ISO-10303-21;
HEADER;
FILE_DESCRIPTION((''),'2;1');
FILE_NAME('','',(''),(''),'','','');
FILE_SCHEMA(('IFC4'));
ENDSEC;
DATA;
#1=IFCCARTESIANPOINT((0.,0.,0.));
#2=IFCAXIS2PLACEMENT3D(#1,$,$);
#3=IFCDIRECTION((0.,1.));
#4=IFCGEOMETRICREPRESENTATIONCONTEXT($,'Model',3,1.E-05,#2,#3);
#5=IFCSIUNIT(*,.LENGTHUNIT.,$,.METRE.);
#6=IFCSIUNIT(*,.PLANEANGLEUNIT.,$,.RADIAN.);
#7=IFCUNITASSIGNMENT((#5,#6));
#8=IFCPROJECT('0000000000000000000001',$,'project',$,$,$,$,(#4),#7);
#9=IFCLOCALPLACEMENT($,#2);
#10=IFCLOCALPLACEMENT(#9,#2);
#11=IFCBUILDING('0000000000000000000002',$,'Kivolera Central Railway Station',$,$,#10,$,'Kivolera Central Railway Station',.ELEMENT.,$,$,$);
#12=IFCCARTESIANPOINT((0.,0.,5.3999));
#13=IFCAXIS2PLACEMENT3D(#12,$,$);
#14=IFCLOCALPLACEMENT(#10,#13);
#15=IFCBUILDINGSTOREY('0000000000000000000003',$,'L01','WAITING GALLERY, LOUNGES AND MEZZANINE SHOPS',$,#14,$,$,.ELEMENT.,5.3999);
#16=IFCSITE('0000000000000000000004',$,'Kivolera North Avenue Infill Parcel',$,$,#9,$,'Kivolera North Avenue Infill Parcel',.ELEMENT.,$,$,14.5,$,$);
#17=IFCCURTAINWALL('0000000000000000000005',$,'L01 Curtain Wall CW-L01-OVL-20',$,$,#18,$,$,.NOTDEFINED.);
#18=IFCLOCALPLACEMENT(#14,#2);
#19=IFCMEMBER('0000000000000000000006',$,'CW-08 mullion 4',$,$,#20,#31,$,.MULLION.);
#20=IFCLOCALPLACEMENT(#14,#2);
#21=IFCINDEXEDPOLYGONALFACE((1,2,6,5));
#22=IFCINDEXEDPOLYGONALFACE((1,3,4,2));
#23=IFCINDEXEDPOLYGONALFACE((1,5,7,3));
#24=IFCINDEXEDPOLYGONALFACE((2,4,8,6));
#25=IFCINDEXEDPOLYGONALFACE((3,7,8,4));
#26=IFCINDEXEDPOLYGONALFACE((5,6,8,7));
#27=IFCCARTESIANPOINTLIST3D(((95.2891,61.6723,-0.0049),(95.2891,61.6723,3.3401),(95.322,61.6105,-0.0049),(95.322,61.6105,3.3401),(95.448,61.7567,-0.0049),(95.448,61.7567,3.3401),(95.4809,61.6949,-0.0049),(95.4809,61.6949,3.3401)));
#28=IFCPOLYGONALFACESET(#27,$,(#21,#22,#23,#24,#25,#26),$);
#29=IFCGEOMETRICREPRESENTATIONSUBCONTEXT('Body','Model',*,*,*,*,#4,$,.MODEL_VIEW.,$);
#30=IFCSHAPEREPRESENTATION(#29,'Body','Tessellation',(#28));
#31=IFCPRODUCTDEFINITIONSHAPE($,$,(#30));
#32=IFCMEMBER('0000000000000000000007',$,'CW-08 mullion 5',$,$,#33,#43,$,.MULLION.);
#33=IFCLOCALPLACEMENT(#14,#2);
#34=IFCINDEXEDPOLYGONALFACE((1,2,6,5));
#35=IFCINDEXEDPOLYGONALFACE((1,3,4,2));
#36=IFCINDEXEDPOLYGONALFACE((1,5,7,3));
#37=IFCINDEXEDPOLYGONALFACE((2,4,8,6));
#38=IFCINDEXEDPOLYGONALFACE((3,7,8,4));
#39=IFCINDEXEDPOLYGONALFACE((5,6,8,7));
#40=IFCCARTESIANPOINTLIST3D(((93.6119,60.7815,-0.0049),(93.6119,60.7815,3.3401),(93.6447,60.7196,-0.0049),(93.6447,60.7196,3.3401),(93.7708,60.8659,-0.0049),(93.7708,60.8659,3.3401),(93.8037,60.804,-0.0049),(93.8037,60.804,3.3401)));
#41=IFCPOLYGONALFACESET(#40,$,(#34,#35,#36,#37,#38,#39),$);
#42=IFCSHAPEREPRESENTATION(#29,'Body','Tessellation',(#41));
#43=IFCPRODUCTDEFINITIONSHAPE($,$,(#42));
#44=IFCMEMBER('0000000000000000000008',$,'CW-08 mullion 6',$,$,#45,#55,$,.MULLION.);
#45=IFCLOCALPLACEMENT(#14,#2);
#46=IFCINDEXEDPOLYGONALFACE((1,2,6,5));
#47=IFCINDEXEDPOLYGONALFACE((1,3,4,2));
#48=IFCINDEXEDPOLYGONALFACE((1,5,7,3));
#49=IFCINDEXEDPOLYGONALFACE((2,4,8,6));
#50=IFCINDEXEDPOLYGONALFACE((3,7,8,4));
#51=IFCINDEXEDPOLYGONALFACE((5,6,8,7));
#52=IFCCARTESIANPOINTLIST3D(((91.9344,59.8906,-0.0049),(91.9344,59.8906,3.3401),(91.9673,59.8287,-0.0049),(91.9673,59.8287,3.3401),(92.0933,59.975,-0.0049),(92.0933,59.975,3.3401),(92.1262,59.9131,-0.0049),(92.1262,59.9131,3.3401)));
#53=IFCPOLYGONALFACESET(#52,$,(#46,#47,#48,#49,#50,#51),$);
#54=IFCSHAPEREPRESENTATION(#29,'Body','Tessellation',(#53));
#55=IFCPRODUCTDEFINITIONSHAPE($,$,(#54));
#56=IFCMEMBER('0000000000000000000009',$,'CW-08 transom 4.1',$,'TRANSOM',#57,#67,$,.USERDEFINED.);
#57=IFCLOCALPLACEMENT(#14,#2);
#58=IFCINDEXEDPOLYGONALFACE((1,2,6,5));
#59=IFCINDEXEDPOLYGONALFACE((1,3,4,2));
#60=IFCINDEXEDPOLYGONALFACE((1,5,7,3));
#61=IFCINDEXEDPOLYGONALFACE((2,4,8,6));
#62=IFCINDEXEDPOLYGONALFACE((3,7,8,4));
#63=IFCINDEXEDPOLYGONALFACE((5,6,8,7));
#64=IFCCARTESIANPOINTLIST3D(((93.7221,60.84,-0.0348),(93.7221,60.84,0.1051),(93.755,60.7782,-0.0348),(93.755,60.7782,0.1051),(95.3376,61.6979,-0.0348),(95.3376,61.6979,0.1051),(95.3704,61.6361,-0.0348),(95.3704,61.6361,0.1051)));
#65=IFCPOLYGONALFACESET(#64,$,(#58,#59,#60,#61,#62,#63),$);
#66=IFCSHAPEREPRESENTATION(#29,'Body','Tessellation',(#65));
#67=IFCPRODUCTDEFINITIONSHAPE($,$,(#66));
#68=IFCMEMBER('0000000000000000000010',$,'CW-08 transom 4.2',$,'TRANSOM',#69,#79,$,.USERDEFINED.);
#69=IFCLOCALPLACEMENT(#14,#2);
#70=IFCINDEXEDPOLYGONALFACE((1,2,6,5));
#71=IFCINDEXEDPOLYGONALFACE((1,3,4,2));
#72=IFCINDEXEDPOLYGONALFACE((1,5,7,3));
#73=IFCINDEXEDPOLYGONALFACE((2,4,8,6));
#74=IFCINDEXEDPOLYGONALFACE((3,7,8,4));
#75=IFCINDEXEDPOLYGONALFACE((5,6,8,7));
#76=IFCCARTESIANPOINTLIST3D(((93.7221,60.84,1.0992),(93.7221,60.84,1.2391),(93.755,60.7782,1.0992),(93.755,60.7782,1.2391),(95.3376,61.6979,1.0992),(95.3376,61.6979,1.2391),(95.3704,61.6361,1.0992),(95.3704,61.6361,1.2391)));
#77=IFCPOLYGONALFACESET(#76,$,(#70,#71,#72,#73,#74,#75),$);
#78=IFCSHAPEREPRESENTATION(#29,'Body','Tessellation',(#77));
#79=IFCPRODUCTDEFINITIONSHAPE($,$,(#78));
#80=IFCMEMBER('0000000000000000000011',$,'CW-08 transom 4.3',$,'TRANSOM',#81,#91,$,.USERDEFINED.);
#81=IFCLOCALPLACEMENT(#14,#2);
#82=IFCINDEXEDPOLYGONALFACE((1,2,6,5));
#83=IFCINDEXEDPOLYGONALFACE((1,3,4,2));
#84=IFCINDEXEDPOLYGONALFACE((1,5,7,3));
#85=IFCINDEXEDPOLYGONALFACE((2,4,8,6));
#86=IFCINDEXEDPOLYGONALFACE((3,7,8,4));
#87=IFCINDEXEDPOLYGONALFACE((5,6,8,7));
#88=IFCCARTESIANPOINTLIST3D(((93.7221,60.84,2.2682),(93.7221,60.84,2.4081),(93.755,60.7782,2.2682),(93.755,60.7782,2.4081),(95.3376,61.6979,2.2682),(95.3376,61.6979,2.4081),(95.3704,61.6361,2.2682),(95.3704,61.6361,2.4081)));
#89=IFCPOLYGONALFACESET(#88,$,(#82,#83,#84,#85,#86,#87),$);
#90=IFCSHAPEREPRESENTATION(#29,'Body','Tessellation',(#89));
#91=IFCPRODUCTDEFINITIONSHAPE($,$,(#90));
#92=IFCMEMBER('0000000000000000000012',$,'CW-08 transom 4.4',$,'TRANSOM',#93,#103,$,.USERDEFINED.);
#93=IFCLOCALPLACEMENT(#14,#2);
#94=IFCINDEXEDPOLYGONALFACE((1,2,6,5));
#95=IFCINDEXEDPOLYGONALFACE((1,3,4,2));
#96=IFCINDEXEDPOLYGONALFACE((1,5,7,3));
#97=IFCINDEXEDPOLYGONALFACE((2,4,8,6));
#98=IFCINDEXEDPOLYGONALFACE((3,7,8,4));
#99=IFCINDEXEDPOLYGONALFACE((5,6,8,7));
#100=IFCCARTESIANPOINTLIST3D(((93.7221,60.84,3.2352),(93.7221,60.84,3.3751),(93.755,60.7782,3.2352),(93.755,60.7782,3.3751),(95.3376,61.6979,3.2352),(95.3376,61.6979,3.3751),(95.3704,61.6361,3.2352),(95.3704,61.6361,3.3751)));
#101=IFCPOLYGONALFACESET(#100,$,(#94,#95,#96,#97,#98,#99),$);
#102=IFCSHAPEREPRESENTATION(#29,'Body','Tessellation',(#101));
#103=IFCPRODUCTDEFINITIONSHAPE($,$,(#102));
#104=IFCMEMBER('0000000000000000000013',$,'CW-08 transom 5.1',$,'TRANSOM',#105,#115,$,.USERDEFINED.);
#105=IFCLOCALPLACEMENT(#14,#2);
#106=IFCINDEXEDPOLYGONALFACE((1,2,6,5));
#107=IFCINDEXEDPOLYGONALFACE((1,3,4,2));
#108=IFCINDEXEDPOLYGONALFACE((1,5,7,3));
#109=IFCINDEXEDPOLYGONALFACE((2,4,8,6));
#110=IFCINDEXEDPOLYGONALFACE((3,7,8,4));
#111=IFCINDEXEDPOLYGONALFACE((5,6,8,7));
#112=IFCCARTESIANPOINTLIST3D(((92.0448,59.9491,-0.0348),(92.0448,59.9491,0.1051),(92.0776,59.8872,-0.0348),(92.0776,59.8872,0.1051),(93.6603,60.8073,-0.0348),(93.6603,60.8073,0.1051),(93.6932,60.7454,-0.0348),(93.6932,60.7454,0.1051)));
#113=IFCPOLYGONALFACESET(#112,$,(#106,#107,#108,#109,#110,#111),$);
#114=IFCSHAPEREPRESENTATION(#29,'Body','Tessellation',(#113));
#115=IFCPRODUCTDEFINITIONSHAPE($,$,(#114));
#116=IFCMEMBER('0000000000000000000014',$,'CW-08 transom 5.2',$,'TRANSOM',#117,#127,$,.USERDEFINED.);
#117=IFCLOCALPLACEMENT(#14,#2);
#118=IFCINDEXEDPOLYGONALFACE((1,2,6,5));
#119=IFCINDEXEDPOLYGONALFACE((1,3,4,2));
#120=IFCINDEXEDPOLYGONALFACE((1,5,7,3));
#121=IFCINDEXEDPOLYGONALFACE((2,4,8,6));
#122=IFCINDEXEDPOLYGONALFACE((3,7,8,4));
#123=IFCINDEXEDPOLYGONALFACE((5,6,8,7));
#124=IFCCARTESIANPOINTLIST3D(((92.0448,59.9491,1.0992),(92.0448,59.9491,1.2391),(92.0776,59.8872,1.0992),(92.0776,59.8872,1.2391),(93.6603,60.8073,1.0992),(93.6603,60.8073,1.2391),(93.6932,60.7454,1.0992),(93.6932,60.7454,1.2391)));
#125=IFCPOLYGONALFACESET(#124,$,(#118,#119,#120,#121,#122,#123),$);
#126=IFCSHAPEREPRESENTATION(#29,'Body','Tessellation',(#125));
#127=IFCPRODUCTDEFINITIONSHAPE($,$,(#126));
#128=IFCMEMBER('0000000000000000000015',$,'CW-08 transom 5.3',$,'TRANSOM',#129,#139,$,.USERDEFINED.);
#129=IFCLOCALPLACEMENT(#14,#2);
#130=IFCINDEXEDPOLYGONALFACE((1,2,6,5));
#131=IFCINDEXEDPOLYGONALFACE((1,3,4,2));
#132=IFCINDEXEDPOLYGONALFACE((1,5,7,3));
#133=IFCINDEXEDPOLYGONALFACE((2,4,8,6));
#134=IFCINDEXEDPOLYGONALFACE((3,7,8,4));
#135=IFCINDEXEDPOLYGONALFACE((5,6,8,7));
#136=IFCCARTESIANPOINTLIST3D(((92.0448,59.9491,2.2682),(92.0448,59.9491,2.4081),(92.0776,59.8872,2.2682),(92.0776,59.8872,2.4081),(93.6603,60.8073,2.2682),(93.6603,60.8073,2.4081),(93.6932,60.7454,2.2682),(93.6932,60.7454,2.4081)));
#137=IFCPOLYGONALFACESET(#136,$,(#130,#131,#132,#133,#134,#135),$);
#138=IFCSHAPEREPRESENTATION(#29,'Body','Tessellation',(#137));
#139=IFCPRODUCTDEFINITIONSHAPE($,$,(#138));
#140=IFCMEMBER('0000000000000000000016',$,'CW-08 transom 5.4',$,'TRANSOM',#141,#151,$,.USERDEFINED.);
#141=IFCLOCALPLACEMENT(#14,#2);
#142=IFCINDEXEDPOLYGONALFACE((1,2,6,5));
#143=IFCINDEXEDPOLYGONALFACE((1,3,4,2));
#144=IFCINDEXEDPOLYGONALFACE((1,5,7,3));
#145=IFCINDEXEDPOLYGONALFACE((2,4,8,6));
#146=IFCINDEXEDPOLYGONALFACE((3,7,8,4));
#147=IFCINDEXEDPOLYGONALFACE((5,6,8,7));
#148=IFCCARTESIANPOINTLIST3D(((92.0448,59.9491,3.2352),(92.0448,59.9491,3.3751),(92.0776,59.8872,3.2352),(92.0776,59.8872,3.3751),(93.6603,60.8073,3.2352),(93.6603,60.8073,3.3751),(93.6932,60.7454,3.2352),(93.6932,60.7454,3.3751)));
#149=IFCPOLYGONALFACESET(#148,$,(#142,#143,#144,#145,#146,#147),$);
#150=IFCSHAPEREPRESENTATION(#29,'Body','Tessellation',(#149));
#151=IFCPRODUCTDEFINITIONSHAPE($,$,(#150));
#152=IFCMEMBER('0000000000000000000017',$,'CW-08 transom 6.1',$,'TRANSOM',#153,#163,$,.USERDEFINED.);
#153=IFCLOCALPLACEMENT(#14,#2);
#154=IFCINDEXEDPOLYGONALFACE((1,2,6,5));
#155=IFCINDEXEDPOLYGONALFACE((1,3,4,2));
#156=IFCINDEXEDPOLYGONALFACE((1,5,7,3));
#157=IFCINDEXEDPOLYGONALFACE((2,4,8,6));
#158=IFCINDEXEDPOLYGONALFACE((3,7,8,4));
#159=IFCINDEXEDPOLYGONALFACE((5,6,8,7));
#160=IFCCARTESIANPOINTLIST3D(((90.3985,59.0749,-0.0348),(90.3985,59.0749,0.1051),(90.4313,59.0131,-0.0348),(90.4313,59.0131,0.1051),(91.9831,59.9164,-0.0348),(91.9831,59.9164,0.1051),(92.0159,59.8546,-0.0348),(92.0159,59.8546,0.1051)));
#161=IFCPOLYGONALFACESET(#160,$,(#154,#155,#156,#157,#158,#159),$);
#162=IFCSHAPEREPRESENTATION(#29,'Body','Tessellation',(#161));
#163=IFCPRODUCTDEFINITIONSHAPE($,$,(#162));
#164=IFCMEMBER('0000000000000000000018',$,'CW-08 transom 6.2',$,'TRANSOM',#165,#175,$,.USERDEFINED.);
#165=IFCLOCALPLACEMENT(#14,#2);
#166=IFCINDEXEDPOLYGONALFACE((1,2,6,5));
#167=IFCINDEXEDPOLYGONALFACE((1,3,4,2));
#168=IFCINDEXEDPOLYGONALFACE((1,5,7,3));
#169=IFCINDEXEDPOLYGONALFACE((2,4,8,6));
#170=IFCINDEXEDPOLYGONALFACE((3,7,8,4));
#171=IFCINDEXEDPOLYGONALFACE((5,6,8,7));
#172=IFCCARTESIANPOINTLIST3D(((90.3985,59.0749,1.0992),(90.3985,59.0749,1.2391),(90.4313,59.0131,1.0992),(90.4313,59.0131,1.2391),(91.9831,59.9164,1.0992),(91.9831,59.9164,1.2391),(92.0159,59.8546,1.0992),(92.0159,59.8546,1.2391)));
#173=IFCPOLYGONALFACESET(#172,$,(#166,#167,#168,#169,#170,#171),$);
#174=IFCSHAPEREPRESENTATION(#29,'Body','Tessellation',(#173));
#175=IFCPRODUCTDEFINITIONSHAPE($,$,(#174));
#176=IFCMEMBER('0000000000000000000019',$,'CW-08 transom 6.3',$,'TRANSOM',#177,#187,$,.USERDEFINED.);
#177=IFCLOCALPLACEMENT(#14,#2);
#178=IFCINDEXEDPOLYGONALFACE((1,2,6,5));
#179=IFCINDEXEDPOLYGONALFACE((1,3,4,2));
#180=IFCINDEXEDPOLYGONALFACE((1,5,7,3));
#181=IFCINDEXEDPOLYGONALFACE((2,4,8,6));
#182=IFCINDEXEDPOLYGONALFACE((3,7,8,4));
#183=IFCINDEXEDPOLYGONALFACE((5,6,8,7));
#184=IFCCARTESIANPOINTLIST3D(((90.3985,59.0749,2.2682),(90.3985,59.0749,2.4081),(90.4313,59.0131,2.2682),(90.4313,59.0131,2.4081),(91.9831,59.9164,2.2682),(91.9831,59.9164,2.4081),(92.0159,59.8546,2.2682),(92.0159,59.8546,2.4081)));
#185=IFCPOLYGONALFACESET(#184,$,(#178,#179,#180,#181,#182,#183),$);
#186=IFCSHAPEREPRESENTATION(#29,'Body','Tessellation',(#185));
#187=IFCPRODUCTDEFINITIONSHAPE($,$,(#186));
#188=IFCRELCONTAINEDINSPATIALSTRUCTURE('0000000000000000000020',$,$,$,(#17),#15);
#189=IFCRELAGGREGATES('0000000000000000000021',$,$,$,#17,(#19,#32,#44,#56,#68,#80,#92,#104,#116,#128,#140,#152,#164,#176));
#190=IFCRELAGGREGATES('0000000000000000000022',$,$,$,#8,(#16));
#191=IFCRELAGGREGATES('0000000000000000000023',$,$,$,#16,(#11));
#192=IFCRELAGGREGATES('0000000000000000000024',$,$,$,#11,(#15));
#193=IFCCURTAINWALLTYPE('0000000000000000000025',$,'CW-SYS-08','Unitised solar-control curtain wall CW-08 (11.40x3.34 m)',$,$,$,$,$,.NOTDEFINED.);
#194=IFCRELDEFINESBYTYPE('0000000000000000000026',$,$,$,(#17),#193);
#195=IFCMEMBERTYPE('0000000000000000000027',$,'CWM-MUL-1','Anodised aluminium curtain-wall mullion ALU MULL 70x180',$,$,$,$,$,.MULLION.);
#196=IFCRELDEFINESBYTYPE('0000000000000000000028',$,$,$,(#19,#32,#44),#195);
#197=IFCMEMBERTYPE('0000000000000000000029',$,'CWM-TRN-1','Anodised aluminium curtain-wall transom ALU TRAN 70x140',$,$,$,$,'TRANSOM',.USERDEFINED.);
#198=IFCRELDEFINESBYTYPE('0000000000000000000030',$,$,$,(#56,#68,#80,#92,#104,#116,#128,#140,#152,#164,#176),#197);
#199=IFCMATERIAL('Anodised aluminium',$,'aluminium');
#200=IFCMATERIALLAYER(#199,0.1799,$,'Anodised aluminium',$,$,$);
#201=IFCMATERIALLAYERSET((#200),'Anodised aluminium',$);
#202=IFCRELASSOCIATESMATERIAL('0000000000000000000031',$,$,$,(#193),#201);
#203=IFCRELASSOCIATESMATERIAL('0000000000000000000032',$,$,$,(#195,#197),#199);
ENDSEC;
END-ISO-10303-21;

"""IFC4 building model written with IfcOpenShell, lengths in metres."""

from ifc_helpers import new_model, si_unit, direction, frame, origin, origin_2d, place, context, subcontext, project, spatial, rectangle, extrude, material, layer, layer_set, material_profile, profile_set, type_object, element, aggregate, save


model = new_model("IFC4")

# Units and contexts
model_context = context("Model", 3, precision=1e-05, world=origin(), true_north=direction((0.0, 1.0)))
body_context = subcontext(model_context, "Body", "Model", "MODEL_VIEW")
ifc_project = project(units=[si_unit("LENGTHUNIT", "METRE"), si_unit("PLANEANGLEUNIT", "RADIAN")], contexts=[model_context])

# Site, building, storey
site_placement = place(None, origin())
site = spatial("IfcSite", under=ifc_project, at=site_placement, Name="Kivolera North Avenue Infill Parcel", LongName="Kivolera North Avenue Infill Parcel", CompositionType="ELEMENT", RefElevation=14.5)
building_placement = place(site_placement, origin())
building = spatial("IfcBuilding", under=site, at=building_placement, Name="Kivolera Central Railway Station", LongName="Kivolera Central Railway Station", CompositionType="ELEMENT")
storey_placement = place(building_placement, frame((0.0, 0.0, 5.3999)))
storey = spatial("IfcBuildingStorey", under=building, at=storey_placement, Name="L01", Description="WAITING GALLERY, LOUNGES AND MEZZANINE SHOPS", CompositionType="ELEMENT", Elevation=5.3999)

# Curtain wall, members
ifc_material_1 = material(Name="Anodised aluminium", Category="aluminium")
ifc_layer_1 = layer(ifc_material_1, 0.1799, Name="Anodised aluminium")
ifc_layer_set_1 = layer_set([ifc_layer_1], Name="Anodised aluminium")
curtain_wall_type = type_object("IfcCurtainWallType", Name="CW-SYS-08", Description="Unitised solar-control curtain wall CW-08 (11.40x3.34 m)", PredefinedType="NOTDEFINED", material=ifc_layer_set_1)
curtain_wall_placement = place(storey_placement, origin())
curtain_wall = element("IfcCurtainWall", 1, at=curtain_wall_placement, inside=storey, type_object=curtain_wall_type, Name="L01 Curtain Wall CW-L01-OVL-20", PredefinedType="NOTDEFINED")
ifc_material_profile_1 = material_profile(ifc_material_1, rectangle(XDim=0.0701, YDim=0.1799, at=origin_2d()), Name="ALU MULL 70x180")
ifc_profile_set_1 = profile_set([ifc_material_profile_1], Name="Anodised aluminium")
member_type_1 = type_object("IfcMemberType", Name="CWM-MUL-1", Description="Anodised aluminium curtain-wall mullion ALU MULL 70x180", PredefinedType="MULLION", material=ifc_profile_set_1)
member_1_placement = place(storey_placement, frame((95.385, 61.6836, -0.0049), z_axis=(0.0, 0.0, 1.0), x_axis=(0.469053, -0.88317, 0.0)))
member_1 = element("IfcMember", 2, at=member_1_placement, type_object=member_type_1, Name="CW-08 mullion 4", PredefinedType="MULLION", context=body_context, shape_type="SweptSolid", body=[
    extrude(rectangle(XDim=0.0701, YDim=0.1799, at=origin_2d()), origin(), (0.0, 0.0, 1.0), 3.345),
])
member_2_placement = place(storey_placement, frame((93.7078, 60.7927, -0.0049), z_axis=(0.0, 0.0, 1.0), x_axis=(0.469053, -0.88317, 0.0)))
member_2 = element("IfcMember", 3, at=member_2_placement, type_object=member_type_1, Name="CW-08 mullion 5", PredefinedType="MULLION", context=body_context, shape_type="SweptSolid", body=[
    extrude(rectangle(XDim=0.0701, YDim=0.1799, at=origin_2d()), origin(), (0.0, 0.0, 1.0), 3.345),
])
member_3_placement = place(storey_placement, frame((92.0303, 59.9019, -0.0049), z_axis=(0.0, 0.0, 1.0), x_axis=(0.469053, -0.88317, 0.0)))
member_3 = element("IfcMember", 4, at=member_3_placement, type_object=member_type_1, Name="CW-08 mullion 6", PredefinedType="MULLION", context=body_context, shape_type="SweptSolid", body=[
    extrude(rectangle(XDim=0.0701, YDim=0.1799, at=origin_2d()), origin(), (0.0, 0.0, 1.0), 3.345),
])
ifc_material_profile_2 = material_profile(ifc_material_1, rectangle(XDim=0.0701, YDim=0.1399, at=origin_2d()), Name="ALU TRAN 70x140")
ifc_profile_set_2 = profile_set([ifc_material_profile_2], Name="Anodised aluminium")
member_type_2 = type_object("IfcMemberType", Name="CWM-TRN-1", Description="Anodised aluminium curtain-wall transom ALU TRAN 70x140", ElementType="TRANSOM", PredefinedType="USERDEFINED", material=ifc_profile_set_2)
member_4_placement = place(storey_placement, frame((95.354, 61.667, 0.0352), z_axis=(-0.883187, -0.469022, 0.0), x_axis=(0.469022, -0.883187, 0.0)))
member_4 = element("IfcMember", 5, at=member_4_placement, type_object=member_type_2, Name="CW-08 transom 4.1", ObjectType="TRANSOM", PredefinedType="USERDEFINED", context=body_context, shape_type="SweptSolid", body=[
    extrude(rectangle(XDim=0.0701, YDim=0.1399, at=origin_2d()), origin(), (0.0, 0.0, 1.0), 1.8291),
])
member_5_placement = place(storey_placement, frame((95.354, 61.667, 1.1692), z_axis=(-0.883187, -0.469022, 0.0), x_axis=(0.469022, -0.883187, 0.0)))
member_5 = element("IfcMember", 6, at=member_5_placement, type_object=member_type_2, Name="CW-08 transom 4.2", ObjectType="TRANSOM", PredefinedType="USERDEFINED", context=body_context, shape_type="SweptSolid", body=[
    extrude(rectangle(XDim=0.0701, YDim=0.1399, at=origin_2d()), origin(), (0.0, 0.0, 1.0), 1.8291),
])
member_6_placement = place(storey_placement, frame((95.354, 61.667, 2.3381), z_axis=(-0.883187, -0.469022, 0.0), x_axis=(0.469022, -0.883187, 0.0)))
member_6 = element("IfcMember", 7, at=member_6_placement, type_object=member_type_2, Name="CW-08 transom 4.3", ObjectType="TRANSOM", PredefinedType="USERDEFINED", context=body_context, shape_type="SweptSolid", body=[
    extrude(rectangle(XDim=0.0701, YDim=0.1399, at=origin_2d()), origin(), (0.0, 0.0, 1.0), 1.8291),
])
member_7_placement = place(storey_placement, frame((95.354, 61.667, 3.3052), z_axis=(-0.883187, -0.469022, 0.0), x_axis=(0.469022, -0.883187, 0.0)))
member_7 = element("IfcMember", 8, at=member_7_placement, type_object=member_type_2, Name="CW-08 transom 4.4", ObjectType="TRANSOM", PredefinedType="USERDEFINED", context=body_context, shape_type="SweptSolid", body=[
    extrude(rectangle(XDim=0.0701, YDim=0.1399, at=origin_2d()), origin(), (0.0, 0.0, 1.0), 1.8291),
])
member_8_placement = place(storey_placement, frame((93.6768, 60.7764, 0.0352), z_axis=(-0.883131, -0.469126, 0.0), x_axis=(0.469126, -0.883131, 0.0)))
member_8 = element("IfcMember", 9, at=member_8_placement, type_object=member_type_2, Name="CW-08 transom 5.1", ObjectType="TRANSOM", PredefinedType="USERDEFINED", context=body_context, shape_type="SweptSolid", body=[
    extrude(rectangle(XDim=0.0701, YDim=0.1399, at=origin_2d()), origin(), (0.0, 0.0, 1.0), 1.8293),
])
member_9_placement = place(storey_placement, frame((93.6768, 60.7764, 1.1692), z_axis=(-0.883131, -0.469126, 0.0), x_axis=(0.469126, -0.883131, 0.0)))
member_9 = element("IfcMember", 10, at=member_9_placement, type_object=member_type_2, Name="CW-08 transom 5.2", ObjectType="TRANSOM", PredefinedType="USERDEFINED", context=body_context, shape_type="SweptSolid", body=[
    extrude(rectangle(XDim=0.0701, YDim=0.1399, at=origin_2d()), origin(), (0.0, 0.0, 1.0), 1.8293),
])
member_10_placement = place(storey_placement, frame((93.6768, 60.7764, 2.3381), z_axis=(-0.883131, -0.469126, 0.0), x_axis=(0.469126, -0.883131, 0.0)))
member_10 = element("IfcMember", 11, at=member_10_placement, type_object=member_type_2, Name="CW-08 transom 5.3", ObjectType="TRANSOM", PredefinedType="USERDEFINED", context=body_context, shape_type="SweptSolid", body=[
    extrude(rectangle(XDim=0.0701, YDim=0.1399, at=origin_2d()), origin(), (0.0, 0.0, 1.0), 1.8293),
])
member_11_placement = place(storey_placement, frame((93.6768, 60.7764, 3.3052), z_axis=(-0.883131, -0.469126, 0.0), x_axis=(0.469126, -0.883131, 0.0)))
member_11 = element("IfcMember", 12, at=member_11_placement, type_object=member_type_2, Name="CW-08 transom 5.4", ObjectType="TRANSOM", PredefinedType="USERDEFINED", context=body_context, shape_type="SweptSolid", body=[
    extrude(rectangle(XDim=0.0701, YDim=0.1399, at=origin_2d()), origin(), (0.0, 0.0, 1.0), 1.8293),
])
member_12_placement = place(storey_placement, frame((91.9995, 59.8855, 0.0352), z_axis=(-0.883191, -0.469013, 0.0), x_axis=(0.469013, -0.883191, 0.0)))
member_12 = element("IfcMember", 13, at=member_12_placement, type_object=member_type_2, Name="CW-08 transom 6.1", ObjectType="TRANSOM", PredefinedType="USERDEFINED", context=body_context, shape_type="SweptSolid", body=[
    extrude(rectangle(XDim=0.0701, YDim=0.1399, at=origin_2d()), origin(), (0.0, 0.0, 1.0), 1.7942),
])
member_13_placement = place(storey_placement, frame((91.9995, 59.8855, 1.1692), z_axis=(-0.883191, -0.469013, 0.0), x_axis=(0.469013, -0.883191, 0.0)))
member_13 = element("IfcMember", 14, at=member_13_placement, type_object=member_type_2, Name="CW-08 transom 6.2", ObjectType="TRANSOM", PredefinedType="USERDEFINED", context=body_context, shape_type="SweptSolid", body=[
    extrude(rectangle(XDim=0.0701, YDim=0.1399, at=origin_2d()), origin(), (0.0, 0.0, 1.0), 1.7942),
])
member_14_placement = place(storey_placement, frame((91.9995, 59.8855, 2.3381), z_axis=(-0.883191, -0.469013, 0.0), x_axis=(0.469013, -0.883191, 0.0)))
member_14 = element("IfcMember", 15, at=member_14_placement, type_object=member_type_2, Name="CW-08 transom 6.3", ObjectType="TRANSOM", PredefinedType="USERDEFINED", context=body_context, shape_type="SweptSolid", body=[
    extrude(rectangle(XDim=0.0701, YDim=0.1399, at=origin_2d()), origin(), (0.0, 0.0, 1.0), 1.7942),
])
aggregate(curtain_wall, [member_1, member_2, member_3, member_4, member_5, member_6, member_7, member_8, member_9, member_10, member_11, member_12, member_13, member_14])

save(model, "model.ifc")
